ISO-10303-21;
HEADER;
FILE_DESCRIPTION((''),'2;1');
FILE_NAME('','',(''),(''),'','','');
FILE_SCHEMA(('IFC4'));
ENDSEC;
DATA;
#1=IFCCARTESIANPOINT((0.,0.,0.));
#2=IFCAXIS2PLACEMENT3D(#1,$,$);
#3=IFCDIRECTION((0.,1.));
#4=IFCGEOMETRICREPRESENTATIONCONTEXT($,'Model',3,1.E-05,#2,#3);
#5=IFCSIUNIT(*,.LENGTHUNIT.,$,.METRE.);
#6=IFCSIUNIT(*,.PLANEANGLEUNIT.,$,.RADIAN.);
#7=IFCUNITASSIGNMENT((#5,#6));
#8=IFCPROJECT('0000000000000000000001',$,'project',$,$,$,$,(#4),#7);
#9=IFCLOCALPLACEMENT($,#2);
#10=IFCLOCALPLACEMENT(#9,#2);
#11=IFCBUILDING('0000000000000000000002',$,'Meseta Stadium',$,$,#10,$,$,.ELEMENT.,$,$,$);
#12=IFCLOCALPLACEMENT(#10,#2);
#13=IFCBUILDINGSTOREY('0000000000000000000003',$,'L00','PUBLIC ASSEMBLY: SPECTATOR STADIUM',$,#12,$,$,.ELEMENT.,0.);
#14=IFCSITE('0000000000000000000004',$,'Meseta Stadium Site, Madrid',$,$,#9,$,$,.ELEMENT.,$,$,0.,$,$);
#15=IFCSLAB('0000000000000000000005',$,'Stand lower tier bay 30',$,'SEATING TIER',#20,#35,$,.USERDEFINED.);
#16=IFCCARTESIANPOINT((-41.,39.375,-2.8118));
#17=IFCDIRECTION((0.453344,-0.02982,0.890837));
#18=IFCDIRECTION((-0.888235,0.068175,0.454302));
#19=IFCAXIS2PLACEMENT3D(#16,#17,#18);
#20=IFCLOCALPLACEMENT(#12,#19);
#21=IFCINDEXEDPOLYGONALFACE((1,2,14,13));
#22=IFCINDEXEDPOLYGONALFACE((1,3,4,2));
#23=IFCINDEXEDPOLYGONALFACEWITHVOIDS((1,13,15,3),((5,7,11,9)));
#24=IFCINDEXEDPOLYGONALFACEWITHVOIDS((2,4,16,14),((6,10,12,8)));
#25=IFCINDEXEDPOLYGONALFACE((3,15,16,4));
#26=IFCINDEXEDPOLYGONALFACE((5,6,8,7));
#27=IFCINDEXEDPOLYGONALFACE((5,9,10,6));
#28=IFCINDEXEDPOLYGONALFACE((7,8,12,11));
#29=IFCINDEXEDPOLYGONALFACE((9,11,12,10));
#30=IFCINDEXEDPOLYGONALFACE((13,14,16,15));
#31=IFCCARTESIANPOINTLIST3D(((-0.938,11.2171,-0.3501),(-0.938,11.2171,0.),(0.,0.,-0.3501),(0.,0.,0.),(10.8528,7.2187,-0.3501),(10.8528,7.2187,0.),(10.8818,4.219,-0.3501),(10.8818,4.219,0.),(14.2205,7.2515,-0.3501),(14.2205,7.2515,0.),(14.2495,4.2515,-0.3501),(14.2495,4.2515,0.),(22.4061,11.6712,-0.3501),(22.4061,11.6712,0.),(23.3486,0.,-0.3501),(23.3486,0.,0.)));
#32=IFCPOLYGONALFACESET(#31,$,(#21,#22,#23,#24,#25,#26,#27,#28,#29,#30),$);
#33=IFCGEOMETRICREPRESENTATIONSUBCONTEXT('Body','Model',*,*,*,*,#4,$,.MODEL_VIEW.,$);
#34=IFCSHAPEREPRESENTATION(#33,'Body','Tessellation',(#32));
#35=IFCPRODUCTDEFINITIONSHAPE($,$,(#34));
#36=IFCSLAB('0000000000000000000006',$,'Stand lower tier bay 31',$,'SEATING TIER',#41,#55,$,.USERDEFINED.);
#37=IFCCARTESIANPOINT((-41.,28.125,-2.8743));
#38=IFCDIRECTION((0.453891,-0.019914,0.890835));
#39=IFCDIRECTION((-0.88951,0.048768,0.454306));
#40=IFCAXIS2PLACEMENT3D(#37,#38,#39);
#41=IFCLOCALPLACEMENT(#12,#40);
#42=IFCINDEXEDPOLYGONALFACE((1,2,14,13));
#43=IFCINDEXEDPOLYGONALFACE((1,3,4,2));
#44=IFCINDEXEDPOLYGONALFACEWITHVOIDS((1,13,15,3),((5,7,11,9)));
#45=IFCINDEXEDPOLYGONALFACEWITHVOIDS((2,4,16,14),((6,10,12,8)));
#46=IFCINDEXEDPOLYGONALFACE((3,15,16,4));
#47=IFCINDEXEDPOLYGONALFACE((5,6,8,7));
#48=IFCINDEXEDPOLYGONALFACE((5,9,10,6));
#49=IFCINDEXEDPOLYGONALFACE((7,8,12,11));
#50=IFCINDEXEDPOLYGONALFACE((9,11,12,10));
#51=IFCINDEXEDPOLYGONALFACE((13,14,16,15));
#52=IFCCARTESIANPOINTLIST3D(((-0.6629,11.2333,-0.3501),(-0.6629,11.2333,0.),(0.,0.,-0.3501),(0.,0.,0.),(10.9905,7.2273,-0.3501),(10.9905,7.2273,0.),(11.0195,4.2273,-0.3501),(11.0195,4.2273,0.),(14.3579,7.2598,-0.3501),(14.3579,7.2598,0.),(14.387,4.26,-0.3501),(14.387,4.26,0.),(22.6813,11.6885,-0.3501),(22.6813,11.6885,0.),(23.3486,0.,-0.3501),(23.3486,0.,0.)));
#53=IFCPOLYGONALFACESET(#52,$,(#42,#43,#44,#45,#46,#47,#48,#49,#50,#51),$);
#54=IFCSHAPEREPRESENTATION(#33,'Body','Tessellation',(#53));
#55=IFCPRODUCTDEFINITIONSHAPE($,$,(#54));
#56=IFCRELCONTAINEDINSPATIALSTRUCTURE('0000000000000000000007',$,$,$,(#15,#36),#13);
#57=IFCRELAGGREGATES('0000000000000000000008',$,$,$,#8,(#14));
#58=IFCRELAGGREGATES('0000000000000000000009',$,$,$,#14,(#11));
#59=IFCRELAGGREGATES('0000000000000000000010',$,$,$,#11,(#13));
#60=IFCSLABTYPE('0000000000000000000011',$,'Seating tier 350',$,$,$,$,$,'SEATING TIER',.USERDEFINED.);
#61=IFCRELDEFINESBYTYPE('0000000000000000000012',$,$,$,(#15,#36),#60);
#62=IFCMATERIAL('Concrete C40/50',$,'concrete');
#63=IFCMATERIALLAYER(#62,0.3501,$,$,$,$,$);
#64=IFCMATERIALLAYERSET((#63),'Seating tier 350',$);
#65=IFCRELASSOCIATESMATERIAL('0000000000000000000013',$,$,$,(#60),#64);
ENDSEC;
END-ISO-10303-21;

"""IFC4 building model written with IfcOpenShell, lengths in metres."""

from ifc_helpers import new_model, si_unit, direction, frame, origin, place, context, subcontext, project, spatial, polyline, outline, extrude, material, layer, layer_set, type_object, element, save


model = new_model("IFC4")

# Units and contexts
model_context = context("Model", 3, precision=1e-05, world=origin(), true_north=direction((0.0, 1.0)))
body_context = subcontext(model_context, "Body", "Model", "MODEL_VIEW")
ifc_project = project(units=[si_unit("LENGTHUNIT", "METRE"), si_unit("PLANEANGLEUNIT", "RADIAN")], contexts=[model_context])

# Site, building, storey
site_placement = place(None, origin())
site = spatial("IfcSite", under=ifc_project, at=site_placement, Name="Meseta Stadium Site, Madrid", CompositionType="ELEMENT", RefElevation=0.0)
building_placement = place(site_placement, origin())
building = spatial("IfcBuilding", under=site, at=building_placement, Name="Meseta Stadium", CompositionType="ELEMENT")
storey_placement = place(building_placement, origin())
storey = spatial("IfcBuildingStorey", under=building, at=storey_placement, Name="L00", Description="PUBLIC ASSEMBLY: SPECTATOR STADIUM", CompositionType="ELEMENT", Elevation=0.0)

# Slabs
ifc_material_1 = material(Name="Concrete C40/50", Category="concrete")
ifc_layer_1 = layer(ifc_material_1, 0.3501)
ifc_layer_set_1 = layer_set([ifc_layer_1], Name="Seating tier 350")
slab_type = type_object("IfcSlabType", Name="Seating tier 350", ElementType="SEATING TIER", PredefinedType="USERDEFINED", material=ifc_layer_set_1)
slab_1_placement = place(storey_placement, frame((-41.0, 39.375, -2.8118), z_axis=(0.453344, -0.02982, 0.890837), x_axis=(-0.888235, 0.068175, 0.454302)))
element("IfcSlab", 1, at=slab_1_placement, inside=storey, type_object=slab_type, Name="Stand lower tier bay 30", ObjectType="SEATING TIER", PredefinedType="USERDEFINED", context=body_context, shape_type="SweptSolid", body=[
    extrude(outline(polyline([(0.0, 0.0), (23.3486, 0.0), (22.4061, 11.6712), (-0.938, 11.2171), (0.0, 0.0)]), holes=[polyline([(10.8818, 4.219), (14.2495, 4.2515), (14.2205, 7.2515), (10.8528, 7.2188), (10.8818, 4.219)])]), origin(), (0.0, 0.0, -1.0), 0.3501),
])
slab_2_placement = place(storey_placement, frame((-41.0, 28.125, -2.8743), z_axis=(0.453891, -0.019914, 0.890835), x_axis=(-0.88951, 0.048768, 0.454306)))
element("IfcSlab", 2, at=slab_2_placement, inside=storey, type_object=slab_type, Name="Stand lower tier bay 31", ObjectType="SEATING TIER", PredefinedType="USERDEFINED", context=body_context, shape_type="SweptSolid", body=[
    extrude(outline(polyline([(0.0, 0.0), (23.3486, 0.0), (22.6813, 11.6885), (-0.6629, 11.2333), (0.0, 0.0)]), holes=[polyline([(11.0195, 4.2273), (14.387, 4.26), (14.3579, 7.2598), (10.9905, 7.2273), (11.0195, 4.2273)])]), origin(), (0.0, 0.0, -1.0), 0.3501),
])

save(model, "model.ifc")
